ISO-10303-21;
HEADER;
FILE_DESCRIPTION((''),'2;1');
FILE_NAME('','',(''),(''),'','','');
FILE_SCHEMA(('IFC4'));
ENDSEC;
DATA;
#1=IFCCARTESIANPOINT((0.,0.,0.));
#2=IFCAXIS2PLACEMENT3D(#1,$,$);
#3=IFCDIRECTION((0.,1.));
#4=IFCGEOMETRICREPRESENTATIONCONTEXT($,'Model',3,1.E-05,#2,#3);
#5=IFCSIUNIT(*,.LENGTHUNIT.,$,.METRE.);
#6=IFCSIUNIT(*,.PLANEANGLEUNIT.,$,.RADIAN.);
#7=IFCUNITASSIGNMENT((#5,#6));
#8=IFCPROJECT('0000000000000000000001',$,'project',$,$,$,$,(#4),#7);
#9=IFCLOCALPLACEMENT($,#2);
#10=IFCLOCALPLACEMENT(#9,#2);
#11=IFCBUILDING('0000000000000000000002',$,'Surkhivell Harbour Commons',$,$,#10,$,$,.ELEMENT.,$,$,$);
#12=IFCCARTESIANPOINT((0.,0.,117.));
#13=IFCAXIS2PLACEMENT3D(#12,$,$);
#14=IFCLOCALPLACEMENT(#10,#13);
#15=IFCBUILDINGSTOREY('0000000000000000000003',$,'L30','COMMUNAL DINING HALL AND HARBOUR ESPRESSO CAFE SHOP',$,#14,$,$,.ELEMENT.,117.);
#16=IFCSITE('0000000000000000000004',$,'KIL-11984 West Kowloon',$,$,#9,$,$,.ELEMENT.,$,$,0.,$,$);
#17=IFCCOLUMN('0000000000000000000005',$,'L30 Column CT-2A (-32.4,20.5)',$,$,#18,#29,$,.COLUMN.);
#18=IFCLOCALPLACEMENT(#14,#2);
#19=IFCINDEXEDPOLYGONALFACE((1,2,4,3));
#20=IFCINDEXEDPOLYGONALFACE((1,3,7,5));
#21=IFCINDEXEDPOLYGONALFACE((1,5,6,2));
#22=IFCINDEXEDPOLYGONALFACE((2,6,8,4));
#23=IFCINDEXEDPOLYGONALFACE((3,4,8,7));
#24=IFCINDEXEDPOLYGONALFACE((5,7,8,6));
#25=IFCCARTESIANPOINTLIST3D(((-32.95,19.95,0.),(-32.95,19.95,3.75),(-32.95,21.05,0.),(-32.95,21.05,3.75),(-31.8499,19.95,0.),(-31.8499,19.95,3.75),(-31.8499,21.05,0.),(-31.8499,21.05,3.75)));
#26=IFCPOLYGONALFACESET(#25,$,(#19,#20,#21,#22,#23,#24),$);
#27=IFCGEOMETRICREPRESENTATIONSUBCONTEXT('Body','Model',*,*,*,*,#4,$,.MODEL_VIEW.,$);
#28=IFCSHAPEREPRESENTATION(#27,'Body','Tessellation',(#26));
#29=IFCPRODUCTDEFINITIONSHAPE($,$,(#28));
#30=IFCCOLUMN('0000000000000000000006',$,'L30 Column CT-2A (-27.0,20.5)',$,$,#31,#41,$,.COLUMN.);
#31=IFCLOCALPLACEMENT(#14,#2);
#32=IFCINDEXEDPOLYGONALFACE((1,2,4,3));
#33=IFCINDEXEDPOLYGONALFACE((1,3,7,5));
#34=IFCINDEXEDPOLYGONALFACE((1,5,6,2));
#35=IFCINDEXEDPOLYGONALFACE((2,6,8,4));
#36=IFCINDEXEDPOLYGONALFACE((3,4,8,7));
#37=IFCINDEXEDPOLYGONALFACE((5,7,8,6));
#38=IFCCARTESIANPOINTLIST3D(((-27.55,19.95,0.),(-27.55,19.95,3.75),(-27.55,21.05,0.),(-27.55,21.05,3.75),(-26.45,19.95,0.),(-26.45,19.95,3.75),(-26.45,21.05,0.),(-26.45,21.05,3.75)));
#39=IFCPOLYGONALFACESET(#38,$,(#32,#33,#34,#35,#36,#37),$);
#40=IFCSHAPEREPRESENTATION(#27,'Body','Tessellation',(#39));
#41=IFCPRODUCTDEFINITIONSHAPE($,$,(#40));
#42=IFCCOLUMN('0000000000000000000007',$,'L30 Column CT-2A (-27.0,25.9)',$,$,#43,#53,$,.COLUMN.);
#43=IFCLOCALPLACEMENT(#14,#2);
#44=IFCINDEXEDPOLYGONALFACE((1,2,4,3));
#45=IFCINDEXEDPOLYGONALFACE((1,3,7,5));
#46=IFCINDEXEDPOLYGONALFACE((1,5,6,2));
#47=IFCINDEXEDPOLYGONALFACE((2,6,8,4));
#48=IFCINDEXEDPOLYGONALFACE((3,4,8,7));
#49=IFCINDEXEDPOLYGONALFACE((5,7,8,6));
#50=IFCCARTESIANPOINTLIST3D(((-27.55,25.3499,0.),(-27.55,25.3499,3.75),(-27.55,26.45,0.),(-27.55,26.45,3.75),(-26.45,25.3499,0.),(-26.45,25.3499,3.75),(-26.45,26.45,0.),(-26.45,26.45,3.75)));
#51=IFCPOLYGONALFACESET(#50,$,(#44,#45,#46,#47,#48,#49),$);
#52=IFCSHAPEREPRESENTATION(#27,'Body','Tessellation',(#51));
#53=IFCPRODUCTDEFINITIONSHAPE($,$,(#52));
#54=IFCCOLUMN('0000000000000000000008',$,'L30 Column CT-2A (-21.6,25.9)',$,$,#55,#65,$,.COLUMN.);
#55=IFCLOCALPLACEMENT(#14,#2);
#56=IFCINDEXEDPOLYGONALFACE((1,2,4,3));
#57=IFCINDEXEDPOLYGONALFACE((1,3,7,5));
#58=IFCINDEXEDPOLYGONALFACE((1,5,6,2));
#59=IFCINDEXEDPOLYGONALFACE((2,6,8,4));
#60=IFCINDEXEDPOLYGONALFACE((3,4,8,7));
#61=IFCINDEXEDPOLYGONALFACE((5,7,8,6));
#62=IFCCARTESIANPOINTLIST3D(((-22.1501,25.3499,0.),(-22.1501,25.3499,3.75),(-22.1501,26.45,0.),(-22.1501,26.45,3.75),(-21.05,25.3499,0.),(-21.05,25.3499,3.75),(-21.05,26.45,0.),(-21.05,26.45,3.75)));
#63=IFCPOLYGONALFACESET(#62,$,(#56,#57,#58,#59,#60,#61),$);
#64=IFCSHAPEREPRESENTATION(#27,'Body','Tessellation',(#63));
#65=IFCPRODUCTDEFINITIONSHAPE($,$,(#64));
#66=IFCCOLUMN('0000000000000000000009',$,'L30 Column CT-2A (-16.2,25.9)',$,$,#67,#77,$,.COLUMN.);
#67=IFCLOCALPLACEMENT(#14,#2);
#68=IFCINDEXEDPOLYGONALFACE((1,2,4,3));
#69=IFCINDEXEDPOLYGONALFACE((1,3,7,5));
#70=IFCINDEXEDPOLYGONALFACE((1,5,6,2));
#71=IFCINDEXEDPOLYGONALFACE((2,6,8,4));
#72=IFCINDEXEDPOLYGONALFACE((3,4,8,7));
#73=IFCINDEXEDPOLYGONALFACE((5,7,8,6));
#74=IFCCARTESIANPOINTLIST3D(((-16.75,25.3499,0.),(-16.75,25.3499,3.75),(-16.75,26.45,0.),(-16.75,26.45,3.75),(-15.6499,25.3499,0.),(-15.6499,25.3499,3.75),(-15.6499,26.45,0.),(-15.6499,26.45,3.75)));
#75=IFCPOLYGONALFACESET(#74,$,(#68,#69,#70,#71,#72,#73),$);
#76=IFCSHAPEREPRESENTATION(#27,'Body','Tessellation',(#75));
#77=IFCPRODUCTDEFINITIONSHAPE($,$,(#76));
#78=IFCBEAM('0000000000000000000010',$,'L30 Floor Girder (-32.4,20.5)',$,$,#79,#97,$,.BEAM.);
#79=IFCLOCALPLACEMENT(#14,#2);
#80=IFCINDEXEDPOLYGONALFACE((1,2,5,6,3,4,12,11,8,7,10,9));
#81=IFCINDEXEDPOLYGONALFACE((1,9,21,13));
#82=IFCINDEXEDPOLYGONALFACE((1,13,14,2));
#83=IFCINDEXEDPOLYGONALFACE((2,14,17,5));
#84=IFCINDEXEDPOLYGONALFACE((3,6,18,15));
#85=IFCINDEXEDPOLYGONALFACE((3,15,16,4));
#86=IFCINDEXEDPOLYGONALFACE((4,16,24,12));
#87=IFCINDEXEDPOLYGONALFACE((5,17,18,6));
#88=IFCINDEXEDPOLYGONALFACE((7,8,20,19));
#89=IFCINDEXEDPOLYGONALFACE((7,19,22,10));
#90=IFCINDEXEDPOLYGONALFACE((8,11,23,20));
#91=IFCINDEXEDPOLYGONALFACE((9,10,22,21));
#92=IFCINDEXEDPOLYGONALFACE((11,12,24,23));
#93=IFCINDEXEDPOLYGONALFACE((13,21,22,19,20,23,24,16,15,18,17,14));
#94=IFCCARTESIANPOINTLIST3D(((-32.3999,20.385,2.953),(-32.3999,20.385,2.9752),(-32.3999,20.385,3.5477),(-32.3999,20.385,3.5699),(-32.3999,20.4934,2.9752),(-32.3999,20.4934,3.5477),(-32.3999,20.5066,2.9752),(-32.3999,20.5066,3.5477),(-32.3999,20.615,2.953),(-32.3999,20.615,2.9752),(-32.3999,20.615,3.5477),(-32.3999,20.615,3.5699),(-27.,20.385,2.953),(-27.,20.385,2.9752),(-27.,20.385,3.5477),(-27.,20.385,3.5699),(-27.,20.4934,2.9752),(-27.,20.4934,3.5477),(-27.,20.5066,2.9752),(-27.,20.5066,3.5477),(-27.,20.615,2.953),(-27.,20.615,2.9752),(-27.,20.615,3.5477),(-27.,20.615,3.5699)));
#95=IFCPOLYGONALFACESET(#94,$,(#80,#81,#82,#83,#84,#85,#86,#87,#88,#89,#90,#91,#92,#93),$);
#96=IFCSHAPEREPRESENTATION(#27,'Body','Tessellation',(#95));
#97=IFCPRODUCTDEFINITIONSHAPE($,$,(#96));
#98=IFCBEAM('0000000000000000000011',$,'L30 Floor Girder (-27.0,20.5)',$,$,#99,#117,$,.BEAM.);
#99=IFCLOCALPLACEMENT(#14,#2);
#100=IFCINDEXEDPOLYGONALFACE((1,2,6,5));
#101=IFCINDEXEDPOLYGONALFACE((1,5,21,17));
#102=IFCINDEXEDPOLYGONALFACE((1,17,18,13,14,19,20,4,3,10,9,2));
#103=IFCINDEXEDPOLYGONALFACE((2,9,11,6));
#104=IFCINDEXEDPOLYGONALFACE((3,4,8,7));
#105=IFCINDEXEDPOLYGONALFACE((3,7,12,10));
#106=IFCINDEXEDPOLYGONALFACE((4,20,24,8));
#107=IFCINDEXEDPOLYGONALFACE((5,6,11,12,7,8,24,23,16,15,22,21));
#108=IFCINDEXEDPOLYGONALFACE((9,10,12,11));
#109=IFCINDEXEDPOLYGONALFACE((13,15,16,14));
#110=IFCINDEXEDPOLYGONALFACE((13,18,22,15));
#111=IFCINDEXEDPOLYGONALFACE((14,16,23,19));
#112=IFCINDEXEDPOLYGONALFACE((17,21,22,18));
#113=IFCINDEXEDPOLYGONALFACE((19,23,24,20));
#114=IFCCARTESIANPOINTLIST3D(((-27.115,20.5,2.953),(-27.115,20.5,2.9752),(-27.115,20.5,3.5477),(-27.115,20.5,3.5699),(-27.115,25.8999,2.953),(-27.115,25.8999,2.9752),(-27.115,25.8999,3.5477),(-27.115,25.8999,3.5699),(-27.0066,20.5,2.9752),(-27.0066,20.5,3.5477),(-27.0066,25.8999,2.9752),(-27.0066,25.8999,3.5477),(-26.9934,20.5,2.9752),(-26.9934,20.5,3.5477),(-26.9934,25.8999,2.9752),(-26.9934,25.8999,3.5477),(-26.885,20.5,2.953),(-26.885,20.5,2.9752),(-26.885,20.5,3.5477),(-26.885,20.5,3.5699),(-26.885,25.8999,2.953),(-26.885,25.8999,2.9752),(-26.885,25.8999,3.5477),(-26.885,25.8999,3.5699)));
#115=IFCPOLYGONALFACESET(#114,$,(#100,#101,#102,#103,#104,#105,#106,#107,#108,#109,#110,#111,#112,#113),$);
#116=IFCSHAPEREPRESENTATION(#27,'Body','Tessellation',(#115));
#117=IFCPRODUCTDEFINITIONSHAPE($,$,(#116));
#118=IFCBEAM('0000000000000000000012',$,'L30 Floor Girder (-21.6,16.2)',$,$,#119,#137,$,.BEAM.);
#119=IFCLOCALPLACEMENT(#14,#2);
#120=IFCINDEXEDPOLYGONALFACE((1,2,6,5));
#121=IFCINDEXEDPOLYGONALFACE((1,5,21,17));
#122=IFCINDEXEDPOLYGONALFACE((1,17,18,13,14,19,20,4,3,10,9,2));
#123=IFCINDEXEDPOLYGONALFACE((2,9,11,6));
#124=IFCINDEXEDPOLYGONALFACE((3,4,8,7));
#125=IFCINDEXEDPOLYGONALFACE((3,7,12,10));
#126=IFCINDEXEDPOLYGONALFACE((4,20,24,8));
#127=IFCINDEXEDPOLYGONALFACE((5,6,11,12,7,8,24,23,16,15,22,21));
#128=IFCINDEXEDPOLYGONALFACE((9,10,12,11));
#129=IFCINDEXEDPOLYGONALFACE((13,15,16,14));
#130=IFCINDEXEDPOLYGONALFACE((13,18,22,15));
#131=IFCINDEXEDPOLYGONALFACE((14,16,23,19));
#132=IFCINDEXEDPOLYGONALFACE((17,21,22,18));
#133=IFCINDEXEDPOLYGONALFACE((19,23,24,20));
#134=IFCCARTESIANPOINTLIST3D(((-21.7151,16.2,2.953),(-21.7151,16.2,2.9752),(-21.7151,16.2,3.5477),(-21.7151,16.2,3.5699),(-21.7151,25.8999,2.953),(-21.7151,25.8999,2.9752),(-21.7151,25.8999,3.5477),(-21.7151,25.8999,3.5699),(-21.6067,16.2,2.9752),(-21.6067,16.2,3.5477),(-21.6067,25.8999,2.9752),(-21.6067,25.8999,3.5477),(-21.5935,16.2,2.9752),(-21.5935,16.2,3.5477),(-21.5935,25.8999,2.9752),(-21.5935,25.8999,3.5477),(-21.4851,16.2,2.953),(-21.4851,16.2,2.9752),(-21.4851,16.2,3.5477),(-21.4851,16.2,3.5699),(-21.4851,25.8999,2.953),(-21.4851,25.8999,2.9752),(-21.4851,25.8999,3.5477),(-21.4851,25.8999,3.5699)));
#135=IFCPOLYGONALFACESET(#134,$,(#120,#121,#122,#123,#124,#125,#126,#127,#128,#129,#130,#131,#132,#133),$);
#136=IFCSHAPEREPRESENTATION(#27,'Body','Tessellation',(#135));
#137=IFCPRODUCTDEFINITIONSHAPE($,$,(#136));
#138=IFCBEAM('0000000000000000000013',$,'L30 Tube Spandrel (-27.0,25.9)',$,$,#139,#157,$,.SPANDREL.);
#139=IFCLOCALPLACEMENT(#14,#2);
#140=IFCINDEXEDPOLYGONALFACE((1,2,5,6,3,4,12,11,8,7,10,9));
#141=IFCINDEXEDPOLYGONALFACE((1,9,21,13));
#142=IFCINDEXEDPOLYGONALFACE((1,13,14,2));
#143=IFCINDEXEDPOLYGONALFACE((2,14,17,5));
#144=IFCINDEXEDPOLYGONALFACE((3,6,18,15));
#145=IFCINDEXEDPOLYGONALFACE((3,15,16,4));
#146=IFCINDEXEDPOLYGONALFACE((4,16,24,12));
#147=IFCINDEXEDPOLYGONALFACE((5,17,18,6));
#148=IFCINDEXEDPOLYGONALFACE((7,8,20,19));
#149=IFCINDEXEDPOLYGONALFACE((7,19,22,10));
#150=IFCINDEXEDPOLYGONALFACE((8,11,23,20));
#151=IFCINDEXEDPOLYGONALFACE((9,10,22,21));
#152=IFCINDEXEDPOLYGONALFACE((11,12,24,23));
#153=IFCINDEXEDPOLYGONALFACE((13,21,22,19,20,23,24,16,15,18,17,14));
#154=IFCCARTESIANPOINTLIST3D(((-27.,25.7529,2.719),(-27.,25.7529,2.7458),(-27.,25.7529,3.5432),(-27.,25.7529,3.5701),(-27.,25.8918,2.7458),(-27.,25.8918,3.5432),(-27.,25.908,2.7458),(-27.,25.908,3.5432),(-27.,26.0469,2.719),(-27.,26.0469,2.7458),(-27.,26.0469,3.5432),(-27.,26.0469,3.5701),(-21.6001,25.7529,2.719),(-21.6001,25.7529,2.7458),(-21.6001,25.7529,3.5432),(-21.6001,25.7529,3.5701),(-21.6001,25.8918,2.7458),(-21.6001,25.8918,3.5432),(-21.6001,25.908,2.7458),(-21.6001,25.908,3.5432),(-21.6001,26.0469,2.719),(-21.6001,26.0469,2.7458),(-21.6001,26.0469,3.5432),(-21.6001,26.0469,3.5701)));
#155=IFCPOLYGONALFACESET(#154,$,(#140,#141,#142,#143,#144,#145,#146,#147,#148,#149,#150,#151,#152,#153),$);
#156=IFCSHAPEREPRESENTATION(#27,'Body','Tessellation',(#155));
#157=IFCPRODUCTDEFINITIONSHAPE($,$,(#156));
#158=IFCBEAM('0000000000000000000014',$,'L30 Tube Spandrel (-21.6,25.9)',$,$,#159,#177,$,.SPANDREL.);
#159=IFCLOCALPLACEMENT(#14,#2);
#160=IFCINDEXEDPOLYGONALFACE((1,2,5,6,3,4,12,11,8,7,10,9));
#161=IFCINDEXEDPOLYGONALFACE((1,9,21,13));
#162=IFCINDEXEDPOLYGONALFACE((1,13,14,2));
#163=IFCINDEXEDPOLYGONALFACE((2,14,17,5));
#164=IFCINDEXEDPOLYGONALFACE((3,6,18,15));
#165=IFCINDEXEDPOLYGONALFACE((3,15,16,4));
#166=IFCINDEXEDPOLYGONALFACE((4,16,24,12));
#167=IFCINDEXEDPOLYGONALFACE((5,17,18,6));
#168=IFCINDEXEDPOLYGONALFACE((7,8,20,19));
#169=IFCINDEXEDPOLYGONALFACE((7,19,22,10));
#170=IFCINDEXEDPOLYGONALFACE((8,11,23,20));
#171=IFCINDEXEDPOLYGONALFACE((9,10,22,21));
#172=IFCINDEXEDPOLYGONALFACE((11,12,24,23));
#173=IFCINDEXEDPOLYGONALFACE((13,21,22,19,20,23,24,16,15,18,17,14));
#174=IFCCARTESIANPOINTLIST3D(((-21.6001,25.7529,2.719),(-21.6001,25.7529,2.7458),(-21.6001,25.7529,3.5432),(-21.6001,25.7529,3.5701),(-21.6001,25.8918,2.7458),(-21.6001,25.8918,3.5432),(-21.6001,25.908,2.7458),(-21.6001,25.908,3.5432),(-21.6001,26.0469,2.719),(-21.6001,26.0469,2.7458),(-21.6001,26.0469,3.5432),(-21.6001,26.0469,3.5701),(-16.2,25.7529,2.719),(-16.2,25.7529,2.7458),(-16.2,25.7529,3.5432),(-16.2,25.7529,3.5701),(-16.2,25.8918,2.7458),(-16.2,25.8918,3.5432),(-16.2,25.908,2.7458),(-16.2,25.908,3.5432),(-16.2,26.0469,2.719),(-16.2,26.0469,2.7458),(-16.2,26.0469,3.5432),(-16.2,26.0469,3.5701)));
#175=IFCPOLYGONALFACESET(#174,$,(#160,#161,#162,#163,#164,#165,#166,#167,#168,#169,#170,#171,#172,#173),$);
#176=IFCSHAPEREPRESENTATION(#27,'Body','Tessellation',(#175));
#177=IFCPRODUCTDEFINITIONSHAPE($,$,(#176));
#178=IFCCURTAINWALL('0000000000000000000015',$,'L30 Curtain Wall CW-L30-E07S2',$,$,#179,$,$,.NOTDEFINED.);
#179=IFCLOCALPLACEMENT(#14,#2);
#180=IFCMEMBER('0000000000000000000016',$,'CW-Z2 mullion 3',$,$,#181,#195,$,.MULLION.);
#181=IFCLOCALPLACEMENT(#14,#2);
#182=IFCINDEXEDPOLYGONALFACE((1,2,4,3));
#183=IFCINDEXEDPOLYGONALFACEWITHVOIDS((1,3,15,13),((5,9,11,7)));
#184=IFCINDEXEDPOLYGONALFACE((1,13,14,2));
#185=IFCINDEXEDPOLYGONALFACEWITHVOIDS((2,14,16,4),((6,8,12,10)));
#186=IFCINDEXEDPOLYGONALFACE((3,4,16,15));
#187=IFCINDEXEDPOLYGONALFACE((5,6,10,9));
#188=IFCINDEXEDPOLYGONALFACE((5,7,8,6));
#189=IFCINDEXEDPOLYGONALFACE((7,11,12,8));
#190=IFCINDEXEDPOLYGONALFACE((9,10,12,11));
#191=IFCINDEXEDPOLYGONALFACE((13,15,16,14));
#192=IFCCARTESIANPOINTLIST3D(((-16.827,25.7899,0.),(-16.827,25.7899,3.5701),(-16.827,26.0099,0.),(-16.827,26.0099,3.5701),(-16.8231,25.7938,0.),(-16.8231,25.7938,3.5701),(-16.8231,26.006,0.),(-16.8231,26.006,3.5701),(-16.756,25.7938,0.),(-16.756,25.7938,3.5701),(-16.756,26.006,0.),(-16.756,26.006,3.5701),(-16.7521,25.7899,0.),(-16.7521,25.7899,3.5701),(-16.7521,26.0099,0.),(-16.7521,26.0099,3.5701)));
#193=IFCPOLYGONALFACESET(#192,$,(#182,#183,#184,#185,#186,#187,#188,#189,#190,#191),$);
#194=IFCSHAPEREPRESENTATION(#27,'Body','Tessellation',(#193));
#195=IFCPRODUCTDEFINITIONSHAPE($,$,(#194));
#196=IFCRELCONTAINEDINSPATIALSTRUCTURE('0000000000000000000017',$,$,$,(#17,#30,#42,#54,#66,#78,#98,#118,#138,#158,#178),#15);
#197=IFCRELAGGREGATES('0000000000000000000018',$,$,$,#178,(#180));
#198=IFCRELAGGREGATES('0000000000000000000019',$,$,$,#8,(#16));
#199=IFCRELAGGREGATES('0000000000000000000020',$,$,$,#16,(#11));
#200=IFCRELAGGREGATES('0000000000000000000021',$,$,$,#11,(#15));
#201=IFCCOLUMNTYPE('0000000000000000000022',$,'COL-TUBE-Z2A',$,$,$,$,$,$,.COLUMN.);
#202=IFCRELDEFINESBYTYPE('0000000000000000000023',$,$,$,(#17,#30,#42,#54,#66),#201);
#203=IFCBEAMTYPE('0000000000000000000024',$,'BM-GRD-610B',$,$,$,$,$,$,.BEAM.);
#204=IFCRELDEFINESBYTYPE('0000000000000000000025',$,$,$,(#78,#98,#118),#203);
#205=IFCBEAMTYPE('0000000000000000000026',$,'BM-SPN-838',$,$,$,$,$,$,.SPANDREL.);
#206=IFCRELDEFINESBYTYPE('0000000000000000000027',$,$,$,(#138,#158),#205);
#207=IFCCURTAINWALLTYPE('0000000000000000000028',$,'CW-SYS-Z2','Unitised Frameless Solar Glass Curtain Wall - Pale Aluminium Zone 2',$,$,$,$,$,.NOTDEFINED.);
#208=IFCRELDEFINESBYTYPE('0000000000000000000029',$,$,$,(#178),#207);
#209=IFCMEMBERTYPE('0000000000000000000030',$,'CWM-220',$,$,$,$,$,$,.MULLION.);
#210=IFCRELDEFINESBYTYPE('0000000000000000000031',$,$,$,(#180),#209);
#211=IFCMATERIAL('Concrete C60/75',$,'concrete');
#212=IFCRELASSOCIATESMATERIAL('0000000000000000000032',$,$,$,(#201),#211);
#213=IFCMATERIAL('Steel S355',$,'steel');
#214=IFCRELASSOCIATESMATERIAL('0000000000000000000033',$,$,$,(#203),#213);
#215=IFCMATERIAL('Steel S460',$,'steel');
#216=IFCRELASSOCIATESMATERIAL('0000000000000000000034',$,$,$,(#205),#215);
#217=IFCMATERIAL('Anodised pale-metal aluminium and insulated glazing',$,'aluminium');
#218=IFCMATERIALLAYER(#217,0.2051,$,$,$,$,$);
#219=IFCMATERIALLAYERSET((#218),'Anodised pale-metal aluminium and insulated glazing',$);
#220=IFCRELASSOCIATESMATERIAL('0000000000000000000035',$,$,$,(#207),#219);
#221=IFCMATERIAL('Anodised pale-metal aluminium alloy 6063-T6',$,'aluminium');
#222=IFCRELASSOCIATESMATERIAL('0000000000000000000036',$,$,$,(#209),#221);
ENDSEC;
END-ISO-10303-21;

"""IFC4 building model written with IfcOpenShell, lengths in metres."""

from ifc_helpers import new_model, si_unit, direction, frame, origin, origin_2d, place, context, subcontext, project, spatial, rectangle, hollow_rectangle, i_section, extrude, material, layer, layer_set, material_profile, profile_set, type_object, element, aggregate, save


model = new_model("IFC4")

# Units and contexts
model_context = context("Model", 3, precision=1e-05, world=origin(), true_north=direction((0.0, 1.0)))
body_context = subcontext(model_context, "Body", "Model", "MODEL_VIEW")
ifc_project = project(units=[si_unit("LENGTHUNIT", "METRE"), si_unit("PLANEANGLEUNIT", "RADIAN")], contexts=[model_context])

# Site, building, storey
site_placement = place(None, origin())
site = spatial("IfcSite", under=ifc_project, at=site_placement, Name="KIL-11984 West Kowloon", CompositionType="ELEMENT", RefElevation=0.0)
building_placement = place(site_placement, origin())
building = spatial("IfcBuilding", under=site, at=building_placement, Name="Surkhivell Harbour Commons", CompositionType="ELEMENT")
storey_placement = place(building_placement, frame((0.0, 0.0, 117.0)))
storey = spatial("IfcBuildingStorey", under=building, at=storey_placement, Name="L30", Description="COMMUNAL DINING HALL AND HARBOUR ESPRESSO CAFE SHOP", CompositionType="ELEMENT", Elevation=117.0)

# Columns
ifc_material_1 = material(Name="Concrete C60/75", Category="concrete")
ifc_material_profile_1 = material_profile(ifc_material_1, rectangle(XDim=1.1001, YDim=1.1001, at=origin_2d()), Name="RC-COL-1100x1100")
ifc_profile_set_1 = profile_set([ifc_material_profile_1], Name="Concrete C60/75")
column_type = type_object("IfcColumnType", Name="COL-TUBE-Z2A", PredefinedType="COLUMN", material=ifc_profile_set_1)
for number, where, z_axis, x_axis, name in (
    (1, (-32.3999, 20.5, 0.0), (0.0, 0.0, 1.0), (1.0, 0.0, 0.0), "L30 Column CT-2A (-32.4,20.5)"),
    (2, (-27.0, 20.5, 0.0), (0.0, 0.0, 1.0), (1.0, 0.0, 0.0), "L30 Column CT-2A (-27.0,20.5)"),
    (3, (-27.0, 25.8999, 0.0), (0.0, 0.0, 1.0), (1.0, 0.0, 0.0), "L30 Column CT-2A (-27.0,25.9)"),
    (4, (-21.6001, 25.8999, 0.0), (0.0, 0.0, 1.0), (1.0, 0.0, 0.0), "L30 Column CT-2A (-21.6,25.9)"),
    (5, (-16.2, 25.8999, 0.0), (0.0, 0.0, 1.0), (1.0, 0.0, 0.0), "L30 Column CT-2A (-16.2,25.9)"),
):
    element("IfcColumn", number, at=place(storey_placement, frame(where, z_axis=z_axis, x_axis=x_axis)), inside=storey, type_object=column_type, Name=name, PredefinedType="COLUMN", context=body_context, shape_type="SweptSolid", body=[
        extrude(rectangle(XDim=1.1001, YDim=1.1001, at=origin_2d()), origin(), (0.0, 0.0, 1.0), 3.75),
    ])

# Beams
ifc_material_2 = material(Name="Steel S355", Category="steel")
ifc_material_profile_2 = material_profile(ifc_material_2, i_section(OverallWidth=0.23, OverallDepth=0.6169, WebThickness=0.0132, FlangeThickness=0.0222, at=origin_2d()), Name="UB610x229x140")
ifc_profile_set_2 = profile_set([ifc_material_profile_2], Name="Steel S355")
beam_type_1 = type_object("IfcBeamType", Name="BM-GRD-610B", PredefinedType="BEAM", material=ifc_profile_set_2)
for number, where, z_axis, x_axis, name in (
    (6, (-32.3999, 20.5, 3.2615), (1.0, 0.0, 0.0), (0.0, 1.0, 0.0), "L30 Floor Girder (-32.4,20.5)"),
    (7, (-27.0, 20.5, 3.2615), (0.0, 1.0, 0.0), (-1.0, 0.0, 0.0), "L30 Floor Girder (-27.0,20.5)"),
):
    element("IfcBeam", number, at=place(storey_placement, frame(where, z_axis=z_axis, x_axis=x_axis)), inside=storey, type_object=beam_type_1, Name=name, PredefinedType="BEAM", context=body_context, shape_type="SweptSolid", body=[
        extrude(i_section(OverallWidth=0.23, OverallDepth=0.6169, WebThickness=0.0132, FlangeThickness=0.0222, at=origin_2d()), origin(), (0.0, 0.0, 1.0), 5.3999),
    ])
beam_1_placement = place(storey_placement, frame((-21.6001, 16.2, 3.2615), z_axis=(0.0, 1.0, 0.0), x_axis=(-1.0, 0.0, 0.0)))
element("IfcBeam", 8, at=beam_1_placement, inside=storey, type_object=beam_type_1, Name="L30 Floor Girder (-21.6,16.2)", PredefinedType="BEAM", context=body_context, shape_type="SweptSolid", body=[
    extrude(i_section(OverallWidth=0.23, OverallDepth=0.6169, WebThickness=0.0132, FlangeThickness=0.0222, at=origin_2d()), origin(), (0.0, 0.0, 1.0), 9.7),
])
ifc_material_3 = material(Name="Steel S460", Category="steel")
ifc_material_profile_3 = material_profile(ifc_material_3, i_section(OverallWidth=0.2939, OverallDepth=0.8511, WebThickness=0.0161, FlangeThickness=0.0269, at=origin_2d()), Name="UB838x292x226")
ifc_profile_set_3 = profile_set([ifc_material_profile_3], Name="Steel S460")
beam_type_2 = type_object("IfcBeamType", Name="BM-SPN-838", PredefinedType="SPANDREL", material=ifc_profile_set_3)
beam_2_placement = place(storey_placement, frame((-27.0, 25.8999, 3.1445), z_axis=(1.0, 0.0, 0.0), x_axis=(0.0, 1.0, 0.0)))
element("IfcBeam", 9, at=beam_2_placement, inside=storey, type_object=beam_type_2, Name="L30 Tube Spandrel (-27.0,25.9)", PredefinedType="SPANDREL", context=body_context, shape_type="SweptSolid", body=[
    extrude(i_section(OverallWidth=0.2939, OverallDepth=0.8511, WebThickness=0.0161, FlangeThickness=0.0269, at=origin_2d()), origin(), (0.0, 0.0, 1.0), 5.3999),
])
beam_3_placement = place(storey_placement, frame((-21.6001, 25.8999, 3.1445), z_axis=(1.0, 0.0, 0.0), x_axis=(0.0, 1.0, 0.0)))
element("IfcBeam", 10, at=beam_3_placement, inside=storey, type_object=beam_type_2, Name="L30 Tube Spandrel (-21.6,25.9)", PredefinedType="SPANDREL", context=body_context, shape_type="SweptSolid", body=[
    extrude(i_section(OverallWidth=0.2939, OverallDepth=0.8511, WebThickness=0.0161, FlangeThickness=0.0269, at=origin_2d()), origin(), (0.0, 0.0, 1.0), 5.4001),
])

# Curtain wall, member
ifc_material_4 = material(Name="Anodised pale-metal aluminium and insulated glazing", Category="aluminium")
ifc_layer_1 = layer(ifc_material_4, 0.2051)
ifc_layer_set_1 = layer_set([ifc_layer_1], Name="Anodised pale-metal aluminium and insulated glazing")
curtain_wall_type = type_object("IfcCurtainWallType", Name="CW-SYS-Z2", Description="Unitised Frameless Solar Glass Curtain Wall - Pale Aluminium Zone 2", PredefinedType="NOTDEFINED", material=ifc_layer_set_1)
curtain_wall_1_placement = place(storey_placement, origin())
curtain_wall_1 = element("IfcCurtainWall", 11, at=curtain_wall_1_placement, inside=storey, type_object=curtain_wall_type, Name="L30 Curtain Wall CW-L30-E07S2", PredefinedType="NOTDEFINED")
ifc_material_5 = material(Name="Anodised pale-metal aluminium alloy 6063-T6", Category="aluminium")
ifc_material_profile_4 = material_profile(ifc_material_5, hollow_rectangle(XDim=0.075, YDim=0.22, WallThickness=0.0039, at=origin_2d()), Name="ALU-MULL-75x220")
ifc_profile_set_4 = profile_set([ifc_material_profile_4], Name="Anodised pale-metal aluminium alloy 6063-T6")
member_type_1 = type_object("IfcMemberType", Name="CWM-220", PredefinedType="MULLION", material=ifc_profile_set_4)
member_1_placement = place(storey_placement, frame((-16.7896, 25.8999, 0.0), z_axis=(0.0, 0.0, 1.0), x_axis=(-1.0, 0.0, 0.0)))
member_1 = element("IfcMember", 12, at=member_1_placement, type_object=member_type_1, Name="CW-Z2 mullion 3", PredefinedType="MULLION", context=body_context, shape_type="SweptSolid", body=[
    extrude(hollow_rectangle(XDim=0.075, YDim=0.22, WallThickness=0.0039, at=origin_2d()), origin(), (0.0, 0.0, 1.0), 3.5701),
])

aggregate(curtain_wall_1, [member_1])

save(model, "model.ifc")
